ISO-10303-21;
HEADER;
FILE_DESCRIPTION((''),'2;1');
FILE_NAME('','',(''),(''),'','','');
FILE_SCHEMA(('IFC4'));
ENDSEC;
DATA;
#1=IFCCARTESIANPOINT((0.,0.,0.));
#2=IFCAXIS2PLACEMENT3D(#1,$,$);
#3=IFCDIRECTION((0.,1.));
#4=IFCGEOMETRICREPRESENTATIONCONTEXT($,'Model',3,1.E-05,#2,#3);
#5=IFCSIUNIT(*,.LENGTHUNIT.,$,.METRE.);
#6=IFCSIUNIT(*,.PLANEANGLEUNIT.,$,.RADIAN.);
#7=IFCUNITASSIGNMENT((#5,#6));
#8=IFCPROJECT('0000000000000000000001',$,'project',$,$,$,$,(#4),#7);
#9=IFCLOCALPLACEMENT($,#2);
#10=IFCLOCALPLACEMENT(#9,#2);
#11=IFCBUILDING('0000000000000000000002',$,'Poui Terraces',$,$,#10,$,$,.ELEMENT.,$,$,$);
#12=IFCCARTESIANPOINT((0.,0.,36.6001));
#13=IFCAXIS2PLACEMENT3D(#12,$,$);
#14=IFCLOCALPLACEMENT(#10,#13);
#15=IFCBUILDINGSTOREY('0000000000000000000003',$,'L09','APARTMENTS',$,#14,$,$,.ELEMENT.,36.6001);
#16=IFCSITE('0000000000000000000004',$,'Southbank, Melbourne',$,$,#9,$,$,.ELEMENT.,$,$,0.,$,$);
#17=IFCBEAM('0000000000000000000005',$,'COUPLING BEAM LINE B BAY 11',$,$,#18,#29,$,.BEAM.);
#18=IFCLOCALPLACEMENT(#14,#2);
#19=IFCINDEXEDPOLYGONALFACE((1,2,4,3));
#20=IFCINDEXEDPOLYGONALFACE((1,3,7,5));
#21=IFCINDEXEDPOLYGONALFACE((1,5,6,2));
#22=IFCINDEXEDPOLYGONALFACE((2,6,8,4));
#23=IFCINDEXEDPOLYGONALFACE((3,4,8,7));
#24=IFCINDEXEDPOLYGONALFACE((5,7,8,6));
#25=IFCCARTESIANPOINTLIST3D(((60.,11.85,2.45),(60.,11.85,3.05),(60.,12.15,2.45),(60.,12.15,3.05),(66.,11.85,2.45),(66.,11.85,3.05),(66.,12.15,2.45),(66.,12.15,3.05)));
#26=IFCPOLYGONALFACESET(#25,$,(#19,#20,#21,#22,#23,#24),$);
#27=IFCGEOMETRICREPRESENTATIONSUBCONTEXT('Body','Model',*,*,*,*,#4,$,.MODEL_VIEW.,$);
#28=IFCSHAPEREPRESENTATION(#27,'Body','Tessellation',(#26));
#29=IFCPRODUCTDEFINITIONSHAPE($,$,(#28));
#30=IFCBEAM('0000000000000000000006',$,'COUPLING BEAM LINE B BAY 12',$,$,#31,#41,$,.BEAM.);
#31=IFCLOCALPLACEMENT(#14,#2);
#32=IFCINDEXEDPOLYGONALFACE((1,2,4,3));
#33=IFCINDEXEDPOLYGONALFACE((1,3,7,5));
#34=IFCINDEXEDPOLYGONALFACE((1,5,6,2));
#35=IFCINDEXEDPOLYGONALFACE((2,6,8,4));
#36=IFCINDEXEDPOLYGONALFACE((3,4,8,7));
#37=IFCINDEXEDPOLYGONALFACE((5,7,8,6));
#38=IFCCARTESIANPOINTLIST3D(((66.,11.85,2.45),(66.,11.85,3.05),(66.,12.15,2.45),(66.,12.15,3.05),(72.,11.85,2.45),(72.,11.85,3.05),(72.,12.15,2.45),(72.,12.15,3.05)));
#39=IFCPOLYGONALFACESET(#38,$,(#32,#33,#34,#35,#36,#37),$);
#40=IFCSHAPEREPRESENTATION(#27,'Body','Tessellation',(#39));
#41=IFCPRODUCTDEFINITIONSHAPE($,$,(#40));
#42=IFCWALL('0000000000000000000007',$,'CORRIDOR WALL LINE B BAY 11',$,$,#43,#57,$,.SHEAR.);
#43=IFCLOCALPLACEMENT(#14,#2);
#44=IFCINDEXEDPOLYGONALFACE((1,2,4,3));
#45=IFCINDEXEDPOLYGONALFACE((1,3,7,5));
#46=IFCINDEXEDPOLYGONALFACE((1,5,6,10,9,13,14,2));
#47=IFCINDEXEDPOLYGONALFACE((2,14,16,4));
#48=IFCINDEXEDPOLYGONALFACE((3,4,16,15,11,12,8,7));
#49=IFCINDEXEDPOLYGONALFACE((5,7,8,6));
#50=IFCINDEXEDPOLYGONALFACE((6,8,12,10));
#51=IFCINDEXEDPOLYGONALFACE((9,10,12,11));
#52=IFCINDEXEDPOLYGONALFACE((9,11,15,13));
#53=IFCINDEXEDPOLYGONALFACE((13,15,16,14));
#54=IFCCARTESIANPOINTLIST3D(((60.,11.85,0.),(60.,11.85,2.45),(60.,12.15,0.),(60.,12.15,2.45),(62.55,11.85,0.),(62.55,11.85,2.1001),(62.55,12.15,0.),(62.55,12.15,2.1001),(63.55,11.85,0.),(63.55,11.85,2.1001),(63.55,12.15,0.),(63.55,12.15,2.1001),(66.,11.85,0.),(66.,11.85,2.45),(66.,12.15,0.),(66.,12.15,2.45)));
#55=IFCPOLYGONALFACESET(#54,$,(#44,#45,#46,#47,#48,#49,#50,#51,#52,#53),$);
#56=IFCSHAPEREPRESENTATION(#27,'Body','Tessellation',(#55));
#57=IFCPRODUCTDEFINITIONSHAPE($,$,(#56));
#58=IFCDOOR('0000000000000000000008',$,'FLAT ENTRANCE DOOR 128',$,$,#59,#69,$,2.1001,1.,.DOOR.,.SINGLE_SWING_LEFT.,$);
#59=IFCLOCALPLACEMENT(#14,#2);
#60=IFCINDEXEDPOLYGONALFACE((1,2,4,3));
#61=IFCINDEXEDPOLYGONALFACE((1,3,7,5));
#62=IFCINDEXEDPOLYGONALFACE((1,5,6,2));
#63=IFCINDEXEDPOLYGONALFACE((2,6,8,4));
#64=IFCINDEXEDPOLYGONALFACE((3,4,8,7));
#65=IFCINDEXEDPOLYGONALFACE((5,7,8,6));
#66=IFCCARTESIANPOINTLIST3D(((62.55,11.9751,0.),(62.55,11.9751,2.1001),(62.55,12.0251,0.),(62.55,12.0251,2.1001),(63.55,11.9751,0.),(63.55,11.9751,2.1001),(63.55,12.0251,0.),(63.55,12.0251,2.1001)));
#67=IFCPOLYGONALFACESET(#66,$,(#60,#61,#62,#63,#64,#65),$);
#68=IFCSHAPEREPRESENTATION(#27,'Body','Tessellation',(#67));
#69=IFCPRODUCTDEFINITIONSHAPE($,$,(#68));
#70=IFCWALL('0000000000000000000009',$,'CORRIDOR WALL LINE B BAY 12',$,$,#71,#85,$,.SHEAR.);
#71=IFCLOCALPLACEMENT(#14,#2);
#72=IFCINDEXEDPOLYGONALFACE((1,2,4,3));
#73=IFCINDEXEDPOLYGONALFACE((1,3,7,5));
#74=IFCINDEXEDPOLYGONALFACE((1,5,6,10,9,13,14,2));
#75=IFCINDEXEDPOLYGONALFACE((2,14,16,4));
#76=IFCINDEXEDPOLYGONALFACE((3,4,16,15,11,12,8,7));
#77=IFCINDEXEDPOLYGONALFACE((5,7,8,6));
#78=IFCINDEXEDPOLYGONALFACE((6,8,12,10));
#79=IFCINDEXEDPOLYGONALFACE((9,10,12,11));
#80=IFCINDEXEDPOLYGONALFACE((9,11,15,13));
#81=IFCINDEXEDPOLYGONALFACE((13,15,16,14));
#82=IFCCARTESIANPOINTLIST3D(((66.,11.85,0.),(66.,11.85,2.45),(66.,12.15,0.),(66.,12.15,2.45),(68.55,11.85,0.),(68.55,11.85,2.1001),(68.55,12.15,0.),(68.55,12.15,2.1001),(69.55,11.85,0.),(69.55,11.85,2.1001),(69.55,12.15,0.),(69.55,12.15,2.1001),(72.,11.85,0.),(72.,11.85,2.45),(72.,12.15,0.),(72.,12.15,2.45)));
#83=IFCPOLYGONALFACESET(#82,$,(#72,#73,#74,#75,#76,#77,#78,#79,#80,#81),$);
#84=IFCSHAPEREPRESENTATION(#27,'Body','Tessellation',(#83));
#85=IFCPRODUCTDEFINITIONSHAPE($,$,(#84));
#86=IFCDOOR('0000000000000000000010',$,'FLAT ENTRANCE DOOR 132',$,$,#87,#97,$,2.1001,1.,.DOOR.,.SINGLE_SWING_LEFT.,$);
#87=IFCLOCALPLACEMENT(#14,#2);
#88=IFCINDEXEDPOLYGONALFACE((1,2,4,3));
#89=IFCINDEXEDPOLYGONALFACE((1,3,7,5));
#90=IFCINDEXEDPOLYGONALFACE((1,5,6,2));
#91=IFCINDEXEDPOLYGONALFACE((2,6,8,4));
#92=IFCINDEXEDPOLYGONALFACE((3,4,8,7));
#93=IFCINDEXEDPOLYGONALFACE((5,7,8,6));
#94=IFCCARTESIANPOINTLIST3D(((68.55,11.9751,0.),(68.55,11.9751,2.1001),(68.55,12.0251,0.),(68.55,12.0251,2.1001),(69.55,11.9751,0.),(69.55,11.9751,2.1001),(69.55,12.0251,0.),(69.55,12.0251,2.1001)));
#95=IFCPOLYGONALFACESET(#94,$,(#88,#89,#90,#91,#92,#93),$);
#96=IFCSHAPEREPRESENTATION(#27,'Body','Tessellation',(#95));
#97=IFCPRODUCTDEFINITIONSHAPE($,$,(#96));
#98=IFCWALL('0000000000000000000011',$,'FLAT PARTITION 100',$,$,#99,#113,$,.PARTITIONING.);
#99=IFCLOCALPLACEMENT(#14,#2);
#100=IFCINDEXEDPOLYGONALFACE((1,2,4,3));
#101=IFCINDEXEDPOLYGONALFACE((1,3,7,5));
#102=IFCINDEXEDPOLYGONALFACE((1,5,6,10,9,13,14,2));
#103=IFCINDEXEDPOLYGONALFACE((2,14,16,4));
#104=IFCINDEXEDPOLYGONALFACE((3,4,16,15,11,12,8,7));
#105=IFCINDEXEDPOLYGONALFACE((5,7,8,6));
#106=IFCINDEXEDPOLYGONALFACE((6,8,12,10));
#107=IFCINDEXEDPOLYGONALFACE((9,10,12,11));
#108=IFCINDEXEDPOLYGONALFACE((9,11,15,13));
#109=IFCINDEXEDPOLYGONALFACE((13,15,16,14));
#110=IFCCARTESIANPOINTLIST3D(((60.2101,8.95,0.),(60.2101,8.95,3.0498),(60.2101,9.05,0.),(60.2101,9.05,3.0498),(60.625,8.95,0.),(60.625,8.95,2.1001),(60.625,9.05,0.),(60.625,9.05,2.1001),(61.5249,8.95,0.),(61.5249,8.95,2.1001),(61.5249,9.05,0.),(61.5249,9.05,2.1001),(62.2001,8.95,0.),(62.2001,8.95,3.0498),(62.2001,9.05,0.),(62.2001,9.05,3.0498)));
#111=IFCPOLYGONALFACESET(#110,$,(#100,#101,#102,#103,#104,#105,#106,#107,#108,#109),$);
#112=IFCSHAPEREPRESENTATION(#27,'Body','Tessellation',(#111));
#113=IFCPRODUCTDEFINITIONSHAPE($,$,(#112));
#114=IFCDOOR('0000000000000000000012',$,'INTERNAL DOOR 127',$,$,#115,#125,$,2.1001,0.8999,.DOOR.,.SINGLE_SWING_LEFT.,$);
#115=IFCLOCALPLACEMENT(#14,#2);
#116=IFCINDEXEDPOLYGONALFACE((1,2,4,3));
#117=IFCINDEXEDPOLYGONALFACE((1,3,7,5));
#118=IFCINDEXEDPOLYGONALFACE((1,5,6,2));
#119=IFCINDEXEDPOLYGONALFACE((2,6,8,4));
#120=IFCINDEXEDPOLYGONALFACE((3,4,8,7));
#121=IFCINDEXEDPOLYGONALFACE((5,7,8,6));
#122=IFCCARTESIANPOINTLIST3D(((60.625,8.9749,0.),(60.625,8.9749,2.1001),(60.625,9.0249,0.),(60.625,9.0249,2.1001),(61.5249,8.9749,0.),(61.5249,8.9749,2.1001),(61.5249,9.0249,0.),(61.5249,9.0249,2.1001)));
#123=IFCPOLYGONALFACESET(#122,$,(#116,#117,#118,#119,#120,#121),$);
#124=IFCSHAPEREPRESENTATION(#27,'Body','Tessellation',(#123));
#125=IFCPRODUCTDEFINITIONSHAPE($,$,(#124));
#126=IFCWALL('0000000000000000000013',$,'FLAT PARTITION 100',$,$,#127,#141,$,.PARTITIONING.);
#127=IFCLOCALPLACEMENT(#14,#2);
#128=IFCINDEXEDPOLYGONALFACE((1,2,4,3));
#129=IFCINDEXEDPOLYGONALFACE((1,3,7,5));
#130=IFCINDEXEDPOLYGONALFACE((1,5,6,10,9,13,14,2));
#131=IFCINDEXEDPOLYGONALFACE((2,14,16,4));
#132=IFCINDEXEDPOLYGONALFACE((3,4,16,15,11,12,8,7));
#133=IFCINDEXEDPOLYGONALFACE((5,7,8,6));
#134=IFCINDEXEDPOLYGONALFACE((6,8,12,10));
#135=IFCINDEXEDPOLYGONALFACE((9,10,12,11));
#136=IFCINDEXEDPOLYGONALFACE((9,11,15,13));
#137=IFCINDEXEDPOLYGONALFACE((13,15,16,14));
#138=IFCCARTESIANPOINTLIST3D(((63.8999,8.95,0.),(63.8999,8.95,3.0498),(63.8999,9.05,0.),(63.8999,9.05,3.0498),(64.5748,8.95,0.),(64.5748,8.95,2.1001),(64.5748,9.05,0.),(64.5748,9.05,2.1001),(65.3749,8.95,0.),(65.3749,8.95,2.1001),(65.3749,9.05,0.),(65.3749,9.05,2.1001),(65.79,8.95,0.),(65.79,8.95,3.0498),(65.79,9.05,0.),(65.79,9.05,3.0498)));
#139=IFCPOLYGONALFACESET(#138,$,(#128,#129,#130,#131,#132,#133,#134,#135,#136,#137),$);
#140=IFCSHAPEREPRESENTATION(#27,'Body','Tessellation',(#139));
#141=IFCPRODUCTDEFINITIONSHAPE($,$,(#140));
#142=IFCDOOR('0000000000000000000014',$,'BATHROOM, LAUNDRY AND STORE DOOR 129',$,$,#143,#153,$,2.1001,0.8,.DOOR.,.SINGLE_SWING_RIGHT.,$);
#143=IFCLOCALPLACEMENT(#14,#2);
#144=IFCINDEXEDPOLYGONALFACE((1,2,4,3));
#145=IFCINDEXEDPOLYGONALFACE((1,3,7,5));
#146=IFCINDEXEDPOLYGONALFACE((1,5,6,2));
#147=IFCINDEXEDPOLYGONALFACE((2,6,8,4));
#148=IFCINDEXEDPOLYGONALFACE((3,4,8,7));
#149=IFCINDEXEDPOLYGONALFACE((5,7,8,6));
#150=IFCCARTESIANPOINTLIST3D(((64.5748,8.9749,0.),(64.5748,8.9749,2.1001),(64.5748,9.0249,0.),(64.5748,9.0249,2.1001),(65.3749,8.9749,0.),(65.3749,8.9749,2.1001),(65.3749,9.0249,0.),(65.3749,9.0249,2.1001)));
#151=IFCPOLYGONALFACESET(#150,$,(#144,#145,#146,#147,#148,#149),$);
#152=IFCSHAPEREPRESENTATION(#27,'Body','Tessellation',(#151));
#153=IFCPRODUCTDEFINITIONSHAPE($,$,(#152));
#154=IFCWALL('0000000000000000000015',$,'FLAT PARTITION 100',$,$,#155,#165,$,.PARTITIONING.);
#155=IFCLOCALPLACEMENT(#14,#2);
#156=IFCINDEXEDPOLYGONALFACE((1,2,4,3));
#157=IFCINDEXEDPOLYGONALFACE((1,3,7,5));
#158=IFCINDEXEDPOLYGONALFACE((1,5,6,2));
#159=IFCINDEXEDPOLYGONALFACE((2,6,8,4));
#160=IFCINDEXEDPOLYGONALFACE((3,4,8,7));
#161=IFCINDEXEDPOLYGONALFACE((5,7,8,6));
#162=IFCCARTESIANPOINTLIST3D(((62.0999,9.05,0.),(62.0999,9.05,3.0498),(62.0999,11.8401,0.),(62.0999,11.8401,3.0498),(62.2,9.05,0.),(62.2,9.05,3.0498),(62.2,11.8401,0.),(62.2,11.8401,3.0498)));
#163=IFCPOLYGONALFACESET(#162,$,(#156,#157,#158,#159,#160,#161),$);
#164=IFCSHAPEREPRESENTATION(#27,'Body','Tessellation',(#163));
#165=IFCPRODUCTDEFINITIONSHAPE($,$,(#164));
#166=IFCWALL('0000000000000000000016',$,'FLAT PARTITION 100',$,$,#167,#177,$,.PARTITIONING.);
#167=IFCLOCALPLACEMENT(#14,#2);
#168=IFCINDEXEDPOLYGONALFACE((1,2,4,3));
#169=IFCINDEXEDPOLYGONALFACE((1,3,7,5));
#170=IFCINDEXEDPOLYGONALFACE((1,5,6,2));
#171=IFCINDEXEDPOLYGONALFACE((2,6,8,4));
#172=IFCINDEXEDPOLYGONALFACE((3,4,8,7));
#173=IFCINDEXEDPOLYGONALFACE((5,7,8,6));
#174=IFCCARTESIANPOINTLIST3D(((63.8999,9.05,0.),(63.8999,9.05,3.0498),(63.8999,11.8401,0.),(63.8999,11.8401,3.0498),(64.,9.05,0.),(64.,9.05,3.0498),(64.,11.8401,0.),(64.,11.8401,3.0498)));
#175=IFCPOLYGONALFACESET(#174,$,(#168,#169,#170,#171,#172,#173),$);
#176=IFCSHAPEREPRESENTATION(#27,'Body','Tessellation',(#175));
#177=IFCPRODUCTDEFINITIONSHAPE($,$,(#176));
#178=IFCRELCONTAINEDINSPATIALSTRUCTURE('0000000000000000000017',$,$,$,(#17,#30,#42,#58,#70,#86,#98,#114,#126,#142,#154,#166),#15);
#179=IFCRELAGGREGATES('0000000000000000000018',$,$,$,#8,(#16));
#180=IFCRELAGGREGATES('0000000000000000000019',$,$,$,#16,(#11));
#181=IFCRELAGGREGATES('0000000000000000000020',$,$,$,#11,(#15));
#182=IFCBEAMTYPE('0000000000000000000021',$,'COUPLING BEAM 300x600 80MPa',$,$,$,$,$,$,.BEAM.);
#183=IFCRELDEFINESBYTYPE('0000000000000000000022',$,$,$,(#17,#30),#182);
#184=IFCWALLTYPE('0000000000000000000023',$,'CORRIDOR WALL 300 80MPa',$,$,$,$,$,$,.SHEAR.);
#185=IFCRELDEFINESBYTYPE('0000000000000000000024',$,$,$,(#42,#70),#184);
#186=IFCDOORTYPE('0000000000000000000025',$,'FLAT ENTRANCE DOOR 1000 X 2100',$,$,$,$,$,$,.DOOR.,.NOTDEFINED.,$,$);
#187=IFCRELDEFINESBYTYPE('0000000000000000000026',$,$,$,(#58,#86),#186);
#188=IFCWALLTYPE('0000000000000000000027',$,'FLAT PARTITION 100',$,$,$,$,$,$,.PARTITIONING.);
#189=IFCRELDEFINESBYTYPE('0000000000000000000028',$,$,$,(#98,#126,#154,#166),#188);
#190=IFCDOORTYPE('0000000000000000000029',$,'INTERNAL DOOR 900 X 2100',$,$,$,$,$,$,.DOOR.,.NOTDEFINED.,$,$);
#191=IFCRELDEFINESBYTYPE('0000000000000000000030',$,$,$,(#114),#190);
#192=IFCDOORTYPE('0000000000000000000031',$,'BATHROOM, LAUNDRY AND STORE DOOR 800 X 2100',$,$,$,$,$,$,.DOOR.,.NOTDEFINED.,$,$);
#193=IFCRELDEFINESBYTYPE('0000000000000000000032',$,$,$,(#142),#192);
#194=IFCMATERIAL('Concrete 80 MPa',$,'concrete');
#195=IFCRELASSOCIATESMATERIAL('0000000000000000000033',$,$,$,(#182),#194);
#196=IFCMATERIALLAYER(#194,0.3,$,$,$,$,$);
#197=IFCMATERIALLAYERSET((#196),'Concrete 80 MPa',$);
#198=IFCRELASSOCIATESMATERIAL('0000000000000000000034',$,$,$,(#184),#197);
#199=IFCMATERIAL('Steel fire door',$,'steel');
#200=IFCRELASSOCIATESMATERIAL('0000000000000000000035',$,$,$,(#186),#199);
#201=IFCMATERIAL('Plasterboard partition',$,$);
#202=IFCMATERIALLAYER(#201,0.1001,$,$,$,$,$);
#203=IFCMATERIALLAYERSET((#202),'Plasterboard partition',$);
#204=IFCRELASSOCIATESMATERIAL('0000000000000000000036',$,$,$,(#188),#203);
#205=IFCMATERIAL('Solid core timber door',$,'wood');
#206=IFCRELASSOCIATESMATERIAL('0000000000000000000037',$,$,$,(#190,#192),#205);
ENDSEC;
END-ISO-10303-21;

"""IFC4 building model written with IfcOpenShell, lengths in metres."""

from ifc_helpers import new_model, si_unit, direction, frame, frame_2d, origin, origin_2d, place, context, subcontext, project, spatial, rectangle, extrude, source, transform, mapped, material, layer, layer_set, material_profile, profile_set, type_object, element, fill, save


model = new_model("IFC4")

# Units and contexts
model_context = context("Model", 3, precision=1e-05, world=origin(), true_north=direction((0.0, 1.0)))
body_context = subcontext(model_context, "Body", "Model", "MODEL_VIEW")
ifc_project = project(units=[si_unit("LENGTHUNIT", "METRE"), si_unit("PLANEANGLEUNIT", "RADIAN")], contexts=[model_context])

# Site, building, storey
site_placement = place(None, origin())
site = spatial("IfcSite", under=ifc_project, at=site_placement, Name="Southbank, Melbourne", CompositionType="ELEMENT", RefElevation=0.0)
building_placement = place(site_placement, origin())
building = spatial("IfcBuilding", under=site, at=building_placement, Name="Poui Terraces", CompositionType="ELEMENT")
storey_placement = place(building_placement, frame((0.0, 0.0, 36.6001)))
storey = spatial("IfcBuildingStorey", under=building, at=storey_placement, Name="L09", Description="APARTMENTS", CompositionType="ELEMENT", Elevation=36.6001)

# Beams
ifc_material_1 = material(Name="Concrete 80 MPa", Category="concrete")
ifc_material_profile = material_profile(ifc_material_1, rectangle(XDim=0.3, YDim=0.6001, at=origin_2d()), Name="RC 300x600")
ifc_profile_set = profile_set([ifc_material_profile], Name="Concrete 80 MPa")
beam_type = type_object("IfcBeamType", Name="COUPLING BEAM 300x600 80MPa", PredefinedType="BEAM", material=ifc_profile_set)
shared_shape = source(origin(), body_context, "Body", "SweptSolid", [
    extrude(rectangle(XDim=0.3, YDim=0.6001, at=origin_2d()), origin(), (0.0, 0.0, 1.0), 6.0),
])
for number, where, z_axis, x_axis, name in (
    (1, (60.0, 12.0, 2.75), (1.0, 0.0, 0.0), (0.0, 1.0, 0.0), "COUPLING BEAM LINE B BAY 11"),
    (2, (66.0, 12.0, 2.75), (1.0, 0.0, 0.0), (0.0, 1.0, 0.0), "COUPLING BEAM LINE B BAY 12"),
):
    element("IfcBeam", number, at=place(storey_placement, frame(where, z_axis=z_axis, x_axis=x_axis)), inside=storey, type_object=beam_type, Name=name, PredefinedType="BEAM", context=body_context, shape_type="MappedRepresentation", body=[
        mapped(shared_shape, transform((0.0, 0.0, 0.0))),
    ])

# Walls, openings, doors
ifc_layer_1 = layer(ifc_material_1, 0.3)
ifc_layer_set_1 = layer_set([ifc_layer_1], Name="Concrete 80 MPa")
wall_type_1 = type_object("IfcWallType", Name="CORRIDOR WALL 300 80MPa", PredefinedType="SHEAR", material=ifc_layer_set_1)
wall_1_placement = place(storey_placement, frame((60.0, 12.0, 0.0), z_axis=(0.0, 0.0, 1.0), x_axis=(1.0, 0.0, 0.0)))
wall_1 = element("IfcWall", 3, at=wall_1_placement, inside=storey, type_object=wall_type_1, Name="CORRIDOR WALL LINE B BAY 11", PredefinedType="SHEAR", context=body_context, shape_type="SweptSolid", body=[
    extrude(rectangle(XDim=6.0, YDim=0.3, at=frame_2d((3.0, 0.0))), origin(), (0.0, 0.0, 1.0), 2.45),
])
opening_1_placement = place(wall_1_placement, frame((2.55, 0.0, 0.0)))
opening_1 = element("IfcOpeningElement", 4, at=opening_1_placement, cuts=wall_1, PredefinedType="OPENING", context=body_context, shape_type="SweptSolid", body=[
    extrude(rectangle(XDim=1.0, YDim=2.1001, at=frame_2d((0.5, 1.05))), frame((0.0, 0.1602, 0.0), z_axis=(0.0, -1.0, 0.0), x_axis=(1.0, 0.0, 0.0)), (0.0, 0.0, 1.0), 0.3201),
])
ifc_material_2 = material(Name="Steel fire door", Category="steel")
door_type_1 = type_object("IfcDoorType", Name="FLAT ENTRANCE DOOR 1000 X 2100", OperationType="NOTDEFINED", PredefinedType="DOOR", material=ifc_material_2)
door_1_placement = place(opening_1_placement, frame((1.0, 0.0, 0.0), z_axis=(0.0, 0.0, 1.0), x_axis=(-1.0, 0.0, 0.0)))
door_1 = element("IfcDoor", 5, at=door_1_placement, inside=storey, type_object=door_type_1, Name="FLAT ENTRANCE DOOR 128", OperationType="SINGLE_SWING_LEFT", OverallHeight=2.1001, OverallWidth=1.0, PredefinedType="DOOR", context=body_context, shape_type="SweptSolid", body=[
    extrude(rectangle(XDim=1.0, YDim=2.1001, at=frame_2d((0.5, 1.05))), frame((0.0, 0.0249, 0.0), z_axis=(0.0, -1.0, 0.0), x_axis=(1.0, 0.0, 0.0)), (0.0, 0.0, 1.0), 0.05),
])
fill(opening_1, door_1)
wall_2_placement = place(storey_placement, frame((66.0, 12.0, 0.0), z_axis=(0.0, 0.0, 1.0), x_axis=(1.0, 0.0, 0.0)))
wall_2 = element("IfcWall", 6, at=wall_2_placement, inside=storey, type_object=wall_type_1, Name="CORRIDOR WALL LINE B BAY 12", PredefinedType="SHEAR", context=body_context, shape_type="SweptSolid", body=[
    extrude(rectangle(XDim=6.0, YDim=0.3, at=frame_2d((3.0, 0.0))), origin(), (0.0, 0.0, 1.0), 2.45),
])
opening_2_placement = place(wall_2_placement, frame((2.55, 0.0, 0.0)))
opening_2 = element("IfcOpeningElement", 7, at=opening_2_placement, cuts=wall_2, PredefinedType="OPENING", context=body_context, shape_type="SweptSolid", body=[
    extrude(rectangle(XDim=1.0, YDim=2.1001, at=frame_2d((0.5, 1.05))), frame((0.0, 0.1602, 0.0), z_axis=(0.0, -1.0, 0.0), x_axis=(1.0, 0.0, 0.0)), (0.0, 0.0, 1.0), 0.3201),
])
door_2_placement = place(opening_2_placement, frame((1.0, 0.0, 0.0), z_axis=(0.0, 0.0, 1.0), x_axis=(-1.0, 0.0, 0.0)))
door_2 = element("IfcDoor", 8, at=door_2_placement, inside=storey, type_object=door_type_1, Name="FLAT ENTRANCE DOOR 132", OperationType="SINGLE_SWING_LEFT", OverallHeight=2.1001, OverallWidth=1.0, PredefinedType="DOOR", context=body_context, shape_type="SweptSolid", body=[
    extrude(rectangle(XDim=1.0, YDim=2.1001, at=frame_2d((0.5, 1.05))), frame((0.0, 0.0249, 0.0), z_axis=(0.0, -1.0, 0.0), x_axis=(1.0, 0.0, 0.0)), (0.0, 0.0, 1.0), 0.05),
])
fill(opening_2, door_2)
ifc_material_3 = material(Name="Plasterboard partition")
ifc_layer_2 = layer(ifc_material_3, 0.1001)
ifc_layer_set_2 = layer_set([ifc_layer_2], Name="Plasterboard partition")
wall_type_2 = type_object("IfcWallType", Name="FLAT PARTITION 100", PredefinedType="PARTITIONING", material=ifc_layer_set_2)
wall_3_placement = place(storey_placement, frame((60.21, 9.0, 0.0), z_axis=(0.0, 0.0, 1.0), x_axis=(1.0, 0.0, 0.0)))
wall_3 = element("IfcWall", 9, at=wall_3_placement, inside=storey, type_object=wall_type_2, Name="FLAT PARTITION 100", PredefinedType="PARTITIONING", context=body_context, shape_type="SweptSolid", body=[
    extrude(rectangle(XDim=1.99, YDim=0.1001, at=frame_2d((0.9951, 0.0))), origin(), (0.0, 0.0, 1.0), 3.0498),
])
opening_3_placement = place(wall_3_placement, frame((0.415, 0.0, 0.0)))
opening_3 = element("IfcOpeningElement", 10, at=opening_3_placement, cuts=wall_3, PredefinedType="OPENING", context=body_context, shape_type="SweptSolid", body=[
    extrude(rectangle(XDim=0.8999, YDim=2.1001, at=frame_2d((0.45, 1.05))), frame((0.0, 0.0601, 0.0), z_axis=(0.0, -1.0, 0.0), x_axis=(1.0, 0.0, 0.0)), (0.0, 0.0, 1.0), 0.1201),
])
ifc_material_4 = material(Name="Solid core timber door", Category="wood")
door_type_2 = type_object("IfcDoorType", Name="INTERNAL DOOR 900 X 2100", OperationType="NOTDEFINED", PredefinedType="DOOR", material=ifc_material_4)
door_3_placement = place(opening_3_placement, origin())
door_3 = element("IfcDoor", 11, at=door_3_placement, inside=storey, type_object=door_type_2, Name="INTERNAL DOOR 127", OperationType="SINGLE_SWING_LEFT", OverallHeight=2.1001, OverallWidth=0.8999, PredefinedType="DOOR", context=body_context, shape_type="SweptSolid", body=[
    extrude(rectangle(XDim=0.8999, YDim=2.1001, at=frame_2d((0.45, 1.05))), frame((0.0, 0.0249, 0.0), z_axis=(0.0, -1.0, 0.0), x_axis=(1.0, 0.0, 0.0)), (0.0, 0.0, 1.0), 0.05),
])
fill(opening_3, door_3)
wall_4_placement = place(storey_placement, frame((63.8999, 9.0, 0.0), z_axis=(0.0, 0.0, 1.0), x_axis=(1.0, 0.0, 0.0)))
wall_4 = element("IfcWall", 12, at=wall_4_placement, inside=storey, type_object=wall_type_2, Name="FLAT PARTITION 100", PredefinedType="PARTITIONING", context=body_context, shape_type="SweptSolid", body=[
    extrude(rectangle(XDim=1.8901, YDim=0.1001, at=frame_2d((0.9451, 0.0))), origin(), (0.0, 0.0, 1.0), 3.0498),
])
opening_4_placement = place(wall_4_placement, frame((0.675, 0.0, 0.0)))
opening_4 = element("IfcOpeningElement", 13, at=opening_4_placement, cuts=wall_4, PredefinedType="OPENING", context=body_context, shape_type="SweptSolid", body=[
    extrude(rectangle(XDim=0.8, YDim=2.1001, at=frame_2d((0.3999, 1.05))), frame((0.0, 0.0601, 0.0), z_axis=(0.0, -1.0, 0.0), x_axis=(1.0, 0.0, 0.0)), (0.0, 0.0, 1.0), 0.1201),
])
door_type_3 = type_object("IfcDoorType", Name="BATHROOM, LAUNDRY AND STORE DOOR 800 X 2100", OperationType="NOTDEFINED", PredefinedType="DOOR", material=ifc_material_4)
door_4_placement = place(opening_4_placement, origin())
door_4 = element("IfcDoor", 14, at=door_4_placement, inside=storey, type_object=door_type_3, Name="BATHROOM, LAUNDRY AND STORE DOOR 129", OperationType="SINGLE_SWING_RIGHT", OverallHeight=2.1001, OverallWidth=0.8, PredefinedType="DOOR", context=body_context, shape_type="SweptSolid", body=[
    extrude(rectangle(XDim=0.8, YDim=2.1001, at=frame_2d((0.3999, 1.05))), frame((0.0, 0.0249, 0.0), z_axis=(0.0, -1.0, 0.0), x_axis=(1.0, 0.0, 0.0)), (0.0, 0.0, 1.0), 0.05),
])
fill(opening_4, door_4)

# Walls
for number, where, z_axis, x_axis, name in (
    (15, (62.1499, 9.05, 0.0), (0.0, 0.0, 1.0), (0.0, 1.0, 0.0), "FLAT PARTITION 100"),
    (16, (63.95, 9.05, 0.0), (0.0, 0.0, 1.0), (0.0, 1.0, 0.0), "FLAT PARTITION 100"),
):
    element("IfcWall", number, at=place(storey_placement, frame(where, z_axis=z_axis, x_axis=x_axis)), inside=storey, type_object=wall_type_2, Name=name, PredefinedType="PARTITIONING", context=body_context, shape_type="SweptSolid", body=[
        extrude(rectangle(XDim=2.79, YDim=0.1001, at=frame_2d((1.395, 0.0))), origin(), (0.0, 0.0, 1.0), 3.0498),
    ])

save(model, "model.ifc")
